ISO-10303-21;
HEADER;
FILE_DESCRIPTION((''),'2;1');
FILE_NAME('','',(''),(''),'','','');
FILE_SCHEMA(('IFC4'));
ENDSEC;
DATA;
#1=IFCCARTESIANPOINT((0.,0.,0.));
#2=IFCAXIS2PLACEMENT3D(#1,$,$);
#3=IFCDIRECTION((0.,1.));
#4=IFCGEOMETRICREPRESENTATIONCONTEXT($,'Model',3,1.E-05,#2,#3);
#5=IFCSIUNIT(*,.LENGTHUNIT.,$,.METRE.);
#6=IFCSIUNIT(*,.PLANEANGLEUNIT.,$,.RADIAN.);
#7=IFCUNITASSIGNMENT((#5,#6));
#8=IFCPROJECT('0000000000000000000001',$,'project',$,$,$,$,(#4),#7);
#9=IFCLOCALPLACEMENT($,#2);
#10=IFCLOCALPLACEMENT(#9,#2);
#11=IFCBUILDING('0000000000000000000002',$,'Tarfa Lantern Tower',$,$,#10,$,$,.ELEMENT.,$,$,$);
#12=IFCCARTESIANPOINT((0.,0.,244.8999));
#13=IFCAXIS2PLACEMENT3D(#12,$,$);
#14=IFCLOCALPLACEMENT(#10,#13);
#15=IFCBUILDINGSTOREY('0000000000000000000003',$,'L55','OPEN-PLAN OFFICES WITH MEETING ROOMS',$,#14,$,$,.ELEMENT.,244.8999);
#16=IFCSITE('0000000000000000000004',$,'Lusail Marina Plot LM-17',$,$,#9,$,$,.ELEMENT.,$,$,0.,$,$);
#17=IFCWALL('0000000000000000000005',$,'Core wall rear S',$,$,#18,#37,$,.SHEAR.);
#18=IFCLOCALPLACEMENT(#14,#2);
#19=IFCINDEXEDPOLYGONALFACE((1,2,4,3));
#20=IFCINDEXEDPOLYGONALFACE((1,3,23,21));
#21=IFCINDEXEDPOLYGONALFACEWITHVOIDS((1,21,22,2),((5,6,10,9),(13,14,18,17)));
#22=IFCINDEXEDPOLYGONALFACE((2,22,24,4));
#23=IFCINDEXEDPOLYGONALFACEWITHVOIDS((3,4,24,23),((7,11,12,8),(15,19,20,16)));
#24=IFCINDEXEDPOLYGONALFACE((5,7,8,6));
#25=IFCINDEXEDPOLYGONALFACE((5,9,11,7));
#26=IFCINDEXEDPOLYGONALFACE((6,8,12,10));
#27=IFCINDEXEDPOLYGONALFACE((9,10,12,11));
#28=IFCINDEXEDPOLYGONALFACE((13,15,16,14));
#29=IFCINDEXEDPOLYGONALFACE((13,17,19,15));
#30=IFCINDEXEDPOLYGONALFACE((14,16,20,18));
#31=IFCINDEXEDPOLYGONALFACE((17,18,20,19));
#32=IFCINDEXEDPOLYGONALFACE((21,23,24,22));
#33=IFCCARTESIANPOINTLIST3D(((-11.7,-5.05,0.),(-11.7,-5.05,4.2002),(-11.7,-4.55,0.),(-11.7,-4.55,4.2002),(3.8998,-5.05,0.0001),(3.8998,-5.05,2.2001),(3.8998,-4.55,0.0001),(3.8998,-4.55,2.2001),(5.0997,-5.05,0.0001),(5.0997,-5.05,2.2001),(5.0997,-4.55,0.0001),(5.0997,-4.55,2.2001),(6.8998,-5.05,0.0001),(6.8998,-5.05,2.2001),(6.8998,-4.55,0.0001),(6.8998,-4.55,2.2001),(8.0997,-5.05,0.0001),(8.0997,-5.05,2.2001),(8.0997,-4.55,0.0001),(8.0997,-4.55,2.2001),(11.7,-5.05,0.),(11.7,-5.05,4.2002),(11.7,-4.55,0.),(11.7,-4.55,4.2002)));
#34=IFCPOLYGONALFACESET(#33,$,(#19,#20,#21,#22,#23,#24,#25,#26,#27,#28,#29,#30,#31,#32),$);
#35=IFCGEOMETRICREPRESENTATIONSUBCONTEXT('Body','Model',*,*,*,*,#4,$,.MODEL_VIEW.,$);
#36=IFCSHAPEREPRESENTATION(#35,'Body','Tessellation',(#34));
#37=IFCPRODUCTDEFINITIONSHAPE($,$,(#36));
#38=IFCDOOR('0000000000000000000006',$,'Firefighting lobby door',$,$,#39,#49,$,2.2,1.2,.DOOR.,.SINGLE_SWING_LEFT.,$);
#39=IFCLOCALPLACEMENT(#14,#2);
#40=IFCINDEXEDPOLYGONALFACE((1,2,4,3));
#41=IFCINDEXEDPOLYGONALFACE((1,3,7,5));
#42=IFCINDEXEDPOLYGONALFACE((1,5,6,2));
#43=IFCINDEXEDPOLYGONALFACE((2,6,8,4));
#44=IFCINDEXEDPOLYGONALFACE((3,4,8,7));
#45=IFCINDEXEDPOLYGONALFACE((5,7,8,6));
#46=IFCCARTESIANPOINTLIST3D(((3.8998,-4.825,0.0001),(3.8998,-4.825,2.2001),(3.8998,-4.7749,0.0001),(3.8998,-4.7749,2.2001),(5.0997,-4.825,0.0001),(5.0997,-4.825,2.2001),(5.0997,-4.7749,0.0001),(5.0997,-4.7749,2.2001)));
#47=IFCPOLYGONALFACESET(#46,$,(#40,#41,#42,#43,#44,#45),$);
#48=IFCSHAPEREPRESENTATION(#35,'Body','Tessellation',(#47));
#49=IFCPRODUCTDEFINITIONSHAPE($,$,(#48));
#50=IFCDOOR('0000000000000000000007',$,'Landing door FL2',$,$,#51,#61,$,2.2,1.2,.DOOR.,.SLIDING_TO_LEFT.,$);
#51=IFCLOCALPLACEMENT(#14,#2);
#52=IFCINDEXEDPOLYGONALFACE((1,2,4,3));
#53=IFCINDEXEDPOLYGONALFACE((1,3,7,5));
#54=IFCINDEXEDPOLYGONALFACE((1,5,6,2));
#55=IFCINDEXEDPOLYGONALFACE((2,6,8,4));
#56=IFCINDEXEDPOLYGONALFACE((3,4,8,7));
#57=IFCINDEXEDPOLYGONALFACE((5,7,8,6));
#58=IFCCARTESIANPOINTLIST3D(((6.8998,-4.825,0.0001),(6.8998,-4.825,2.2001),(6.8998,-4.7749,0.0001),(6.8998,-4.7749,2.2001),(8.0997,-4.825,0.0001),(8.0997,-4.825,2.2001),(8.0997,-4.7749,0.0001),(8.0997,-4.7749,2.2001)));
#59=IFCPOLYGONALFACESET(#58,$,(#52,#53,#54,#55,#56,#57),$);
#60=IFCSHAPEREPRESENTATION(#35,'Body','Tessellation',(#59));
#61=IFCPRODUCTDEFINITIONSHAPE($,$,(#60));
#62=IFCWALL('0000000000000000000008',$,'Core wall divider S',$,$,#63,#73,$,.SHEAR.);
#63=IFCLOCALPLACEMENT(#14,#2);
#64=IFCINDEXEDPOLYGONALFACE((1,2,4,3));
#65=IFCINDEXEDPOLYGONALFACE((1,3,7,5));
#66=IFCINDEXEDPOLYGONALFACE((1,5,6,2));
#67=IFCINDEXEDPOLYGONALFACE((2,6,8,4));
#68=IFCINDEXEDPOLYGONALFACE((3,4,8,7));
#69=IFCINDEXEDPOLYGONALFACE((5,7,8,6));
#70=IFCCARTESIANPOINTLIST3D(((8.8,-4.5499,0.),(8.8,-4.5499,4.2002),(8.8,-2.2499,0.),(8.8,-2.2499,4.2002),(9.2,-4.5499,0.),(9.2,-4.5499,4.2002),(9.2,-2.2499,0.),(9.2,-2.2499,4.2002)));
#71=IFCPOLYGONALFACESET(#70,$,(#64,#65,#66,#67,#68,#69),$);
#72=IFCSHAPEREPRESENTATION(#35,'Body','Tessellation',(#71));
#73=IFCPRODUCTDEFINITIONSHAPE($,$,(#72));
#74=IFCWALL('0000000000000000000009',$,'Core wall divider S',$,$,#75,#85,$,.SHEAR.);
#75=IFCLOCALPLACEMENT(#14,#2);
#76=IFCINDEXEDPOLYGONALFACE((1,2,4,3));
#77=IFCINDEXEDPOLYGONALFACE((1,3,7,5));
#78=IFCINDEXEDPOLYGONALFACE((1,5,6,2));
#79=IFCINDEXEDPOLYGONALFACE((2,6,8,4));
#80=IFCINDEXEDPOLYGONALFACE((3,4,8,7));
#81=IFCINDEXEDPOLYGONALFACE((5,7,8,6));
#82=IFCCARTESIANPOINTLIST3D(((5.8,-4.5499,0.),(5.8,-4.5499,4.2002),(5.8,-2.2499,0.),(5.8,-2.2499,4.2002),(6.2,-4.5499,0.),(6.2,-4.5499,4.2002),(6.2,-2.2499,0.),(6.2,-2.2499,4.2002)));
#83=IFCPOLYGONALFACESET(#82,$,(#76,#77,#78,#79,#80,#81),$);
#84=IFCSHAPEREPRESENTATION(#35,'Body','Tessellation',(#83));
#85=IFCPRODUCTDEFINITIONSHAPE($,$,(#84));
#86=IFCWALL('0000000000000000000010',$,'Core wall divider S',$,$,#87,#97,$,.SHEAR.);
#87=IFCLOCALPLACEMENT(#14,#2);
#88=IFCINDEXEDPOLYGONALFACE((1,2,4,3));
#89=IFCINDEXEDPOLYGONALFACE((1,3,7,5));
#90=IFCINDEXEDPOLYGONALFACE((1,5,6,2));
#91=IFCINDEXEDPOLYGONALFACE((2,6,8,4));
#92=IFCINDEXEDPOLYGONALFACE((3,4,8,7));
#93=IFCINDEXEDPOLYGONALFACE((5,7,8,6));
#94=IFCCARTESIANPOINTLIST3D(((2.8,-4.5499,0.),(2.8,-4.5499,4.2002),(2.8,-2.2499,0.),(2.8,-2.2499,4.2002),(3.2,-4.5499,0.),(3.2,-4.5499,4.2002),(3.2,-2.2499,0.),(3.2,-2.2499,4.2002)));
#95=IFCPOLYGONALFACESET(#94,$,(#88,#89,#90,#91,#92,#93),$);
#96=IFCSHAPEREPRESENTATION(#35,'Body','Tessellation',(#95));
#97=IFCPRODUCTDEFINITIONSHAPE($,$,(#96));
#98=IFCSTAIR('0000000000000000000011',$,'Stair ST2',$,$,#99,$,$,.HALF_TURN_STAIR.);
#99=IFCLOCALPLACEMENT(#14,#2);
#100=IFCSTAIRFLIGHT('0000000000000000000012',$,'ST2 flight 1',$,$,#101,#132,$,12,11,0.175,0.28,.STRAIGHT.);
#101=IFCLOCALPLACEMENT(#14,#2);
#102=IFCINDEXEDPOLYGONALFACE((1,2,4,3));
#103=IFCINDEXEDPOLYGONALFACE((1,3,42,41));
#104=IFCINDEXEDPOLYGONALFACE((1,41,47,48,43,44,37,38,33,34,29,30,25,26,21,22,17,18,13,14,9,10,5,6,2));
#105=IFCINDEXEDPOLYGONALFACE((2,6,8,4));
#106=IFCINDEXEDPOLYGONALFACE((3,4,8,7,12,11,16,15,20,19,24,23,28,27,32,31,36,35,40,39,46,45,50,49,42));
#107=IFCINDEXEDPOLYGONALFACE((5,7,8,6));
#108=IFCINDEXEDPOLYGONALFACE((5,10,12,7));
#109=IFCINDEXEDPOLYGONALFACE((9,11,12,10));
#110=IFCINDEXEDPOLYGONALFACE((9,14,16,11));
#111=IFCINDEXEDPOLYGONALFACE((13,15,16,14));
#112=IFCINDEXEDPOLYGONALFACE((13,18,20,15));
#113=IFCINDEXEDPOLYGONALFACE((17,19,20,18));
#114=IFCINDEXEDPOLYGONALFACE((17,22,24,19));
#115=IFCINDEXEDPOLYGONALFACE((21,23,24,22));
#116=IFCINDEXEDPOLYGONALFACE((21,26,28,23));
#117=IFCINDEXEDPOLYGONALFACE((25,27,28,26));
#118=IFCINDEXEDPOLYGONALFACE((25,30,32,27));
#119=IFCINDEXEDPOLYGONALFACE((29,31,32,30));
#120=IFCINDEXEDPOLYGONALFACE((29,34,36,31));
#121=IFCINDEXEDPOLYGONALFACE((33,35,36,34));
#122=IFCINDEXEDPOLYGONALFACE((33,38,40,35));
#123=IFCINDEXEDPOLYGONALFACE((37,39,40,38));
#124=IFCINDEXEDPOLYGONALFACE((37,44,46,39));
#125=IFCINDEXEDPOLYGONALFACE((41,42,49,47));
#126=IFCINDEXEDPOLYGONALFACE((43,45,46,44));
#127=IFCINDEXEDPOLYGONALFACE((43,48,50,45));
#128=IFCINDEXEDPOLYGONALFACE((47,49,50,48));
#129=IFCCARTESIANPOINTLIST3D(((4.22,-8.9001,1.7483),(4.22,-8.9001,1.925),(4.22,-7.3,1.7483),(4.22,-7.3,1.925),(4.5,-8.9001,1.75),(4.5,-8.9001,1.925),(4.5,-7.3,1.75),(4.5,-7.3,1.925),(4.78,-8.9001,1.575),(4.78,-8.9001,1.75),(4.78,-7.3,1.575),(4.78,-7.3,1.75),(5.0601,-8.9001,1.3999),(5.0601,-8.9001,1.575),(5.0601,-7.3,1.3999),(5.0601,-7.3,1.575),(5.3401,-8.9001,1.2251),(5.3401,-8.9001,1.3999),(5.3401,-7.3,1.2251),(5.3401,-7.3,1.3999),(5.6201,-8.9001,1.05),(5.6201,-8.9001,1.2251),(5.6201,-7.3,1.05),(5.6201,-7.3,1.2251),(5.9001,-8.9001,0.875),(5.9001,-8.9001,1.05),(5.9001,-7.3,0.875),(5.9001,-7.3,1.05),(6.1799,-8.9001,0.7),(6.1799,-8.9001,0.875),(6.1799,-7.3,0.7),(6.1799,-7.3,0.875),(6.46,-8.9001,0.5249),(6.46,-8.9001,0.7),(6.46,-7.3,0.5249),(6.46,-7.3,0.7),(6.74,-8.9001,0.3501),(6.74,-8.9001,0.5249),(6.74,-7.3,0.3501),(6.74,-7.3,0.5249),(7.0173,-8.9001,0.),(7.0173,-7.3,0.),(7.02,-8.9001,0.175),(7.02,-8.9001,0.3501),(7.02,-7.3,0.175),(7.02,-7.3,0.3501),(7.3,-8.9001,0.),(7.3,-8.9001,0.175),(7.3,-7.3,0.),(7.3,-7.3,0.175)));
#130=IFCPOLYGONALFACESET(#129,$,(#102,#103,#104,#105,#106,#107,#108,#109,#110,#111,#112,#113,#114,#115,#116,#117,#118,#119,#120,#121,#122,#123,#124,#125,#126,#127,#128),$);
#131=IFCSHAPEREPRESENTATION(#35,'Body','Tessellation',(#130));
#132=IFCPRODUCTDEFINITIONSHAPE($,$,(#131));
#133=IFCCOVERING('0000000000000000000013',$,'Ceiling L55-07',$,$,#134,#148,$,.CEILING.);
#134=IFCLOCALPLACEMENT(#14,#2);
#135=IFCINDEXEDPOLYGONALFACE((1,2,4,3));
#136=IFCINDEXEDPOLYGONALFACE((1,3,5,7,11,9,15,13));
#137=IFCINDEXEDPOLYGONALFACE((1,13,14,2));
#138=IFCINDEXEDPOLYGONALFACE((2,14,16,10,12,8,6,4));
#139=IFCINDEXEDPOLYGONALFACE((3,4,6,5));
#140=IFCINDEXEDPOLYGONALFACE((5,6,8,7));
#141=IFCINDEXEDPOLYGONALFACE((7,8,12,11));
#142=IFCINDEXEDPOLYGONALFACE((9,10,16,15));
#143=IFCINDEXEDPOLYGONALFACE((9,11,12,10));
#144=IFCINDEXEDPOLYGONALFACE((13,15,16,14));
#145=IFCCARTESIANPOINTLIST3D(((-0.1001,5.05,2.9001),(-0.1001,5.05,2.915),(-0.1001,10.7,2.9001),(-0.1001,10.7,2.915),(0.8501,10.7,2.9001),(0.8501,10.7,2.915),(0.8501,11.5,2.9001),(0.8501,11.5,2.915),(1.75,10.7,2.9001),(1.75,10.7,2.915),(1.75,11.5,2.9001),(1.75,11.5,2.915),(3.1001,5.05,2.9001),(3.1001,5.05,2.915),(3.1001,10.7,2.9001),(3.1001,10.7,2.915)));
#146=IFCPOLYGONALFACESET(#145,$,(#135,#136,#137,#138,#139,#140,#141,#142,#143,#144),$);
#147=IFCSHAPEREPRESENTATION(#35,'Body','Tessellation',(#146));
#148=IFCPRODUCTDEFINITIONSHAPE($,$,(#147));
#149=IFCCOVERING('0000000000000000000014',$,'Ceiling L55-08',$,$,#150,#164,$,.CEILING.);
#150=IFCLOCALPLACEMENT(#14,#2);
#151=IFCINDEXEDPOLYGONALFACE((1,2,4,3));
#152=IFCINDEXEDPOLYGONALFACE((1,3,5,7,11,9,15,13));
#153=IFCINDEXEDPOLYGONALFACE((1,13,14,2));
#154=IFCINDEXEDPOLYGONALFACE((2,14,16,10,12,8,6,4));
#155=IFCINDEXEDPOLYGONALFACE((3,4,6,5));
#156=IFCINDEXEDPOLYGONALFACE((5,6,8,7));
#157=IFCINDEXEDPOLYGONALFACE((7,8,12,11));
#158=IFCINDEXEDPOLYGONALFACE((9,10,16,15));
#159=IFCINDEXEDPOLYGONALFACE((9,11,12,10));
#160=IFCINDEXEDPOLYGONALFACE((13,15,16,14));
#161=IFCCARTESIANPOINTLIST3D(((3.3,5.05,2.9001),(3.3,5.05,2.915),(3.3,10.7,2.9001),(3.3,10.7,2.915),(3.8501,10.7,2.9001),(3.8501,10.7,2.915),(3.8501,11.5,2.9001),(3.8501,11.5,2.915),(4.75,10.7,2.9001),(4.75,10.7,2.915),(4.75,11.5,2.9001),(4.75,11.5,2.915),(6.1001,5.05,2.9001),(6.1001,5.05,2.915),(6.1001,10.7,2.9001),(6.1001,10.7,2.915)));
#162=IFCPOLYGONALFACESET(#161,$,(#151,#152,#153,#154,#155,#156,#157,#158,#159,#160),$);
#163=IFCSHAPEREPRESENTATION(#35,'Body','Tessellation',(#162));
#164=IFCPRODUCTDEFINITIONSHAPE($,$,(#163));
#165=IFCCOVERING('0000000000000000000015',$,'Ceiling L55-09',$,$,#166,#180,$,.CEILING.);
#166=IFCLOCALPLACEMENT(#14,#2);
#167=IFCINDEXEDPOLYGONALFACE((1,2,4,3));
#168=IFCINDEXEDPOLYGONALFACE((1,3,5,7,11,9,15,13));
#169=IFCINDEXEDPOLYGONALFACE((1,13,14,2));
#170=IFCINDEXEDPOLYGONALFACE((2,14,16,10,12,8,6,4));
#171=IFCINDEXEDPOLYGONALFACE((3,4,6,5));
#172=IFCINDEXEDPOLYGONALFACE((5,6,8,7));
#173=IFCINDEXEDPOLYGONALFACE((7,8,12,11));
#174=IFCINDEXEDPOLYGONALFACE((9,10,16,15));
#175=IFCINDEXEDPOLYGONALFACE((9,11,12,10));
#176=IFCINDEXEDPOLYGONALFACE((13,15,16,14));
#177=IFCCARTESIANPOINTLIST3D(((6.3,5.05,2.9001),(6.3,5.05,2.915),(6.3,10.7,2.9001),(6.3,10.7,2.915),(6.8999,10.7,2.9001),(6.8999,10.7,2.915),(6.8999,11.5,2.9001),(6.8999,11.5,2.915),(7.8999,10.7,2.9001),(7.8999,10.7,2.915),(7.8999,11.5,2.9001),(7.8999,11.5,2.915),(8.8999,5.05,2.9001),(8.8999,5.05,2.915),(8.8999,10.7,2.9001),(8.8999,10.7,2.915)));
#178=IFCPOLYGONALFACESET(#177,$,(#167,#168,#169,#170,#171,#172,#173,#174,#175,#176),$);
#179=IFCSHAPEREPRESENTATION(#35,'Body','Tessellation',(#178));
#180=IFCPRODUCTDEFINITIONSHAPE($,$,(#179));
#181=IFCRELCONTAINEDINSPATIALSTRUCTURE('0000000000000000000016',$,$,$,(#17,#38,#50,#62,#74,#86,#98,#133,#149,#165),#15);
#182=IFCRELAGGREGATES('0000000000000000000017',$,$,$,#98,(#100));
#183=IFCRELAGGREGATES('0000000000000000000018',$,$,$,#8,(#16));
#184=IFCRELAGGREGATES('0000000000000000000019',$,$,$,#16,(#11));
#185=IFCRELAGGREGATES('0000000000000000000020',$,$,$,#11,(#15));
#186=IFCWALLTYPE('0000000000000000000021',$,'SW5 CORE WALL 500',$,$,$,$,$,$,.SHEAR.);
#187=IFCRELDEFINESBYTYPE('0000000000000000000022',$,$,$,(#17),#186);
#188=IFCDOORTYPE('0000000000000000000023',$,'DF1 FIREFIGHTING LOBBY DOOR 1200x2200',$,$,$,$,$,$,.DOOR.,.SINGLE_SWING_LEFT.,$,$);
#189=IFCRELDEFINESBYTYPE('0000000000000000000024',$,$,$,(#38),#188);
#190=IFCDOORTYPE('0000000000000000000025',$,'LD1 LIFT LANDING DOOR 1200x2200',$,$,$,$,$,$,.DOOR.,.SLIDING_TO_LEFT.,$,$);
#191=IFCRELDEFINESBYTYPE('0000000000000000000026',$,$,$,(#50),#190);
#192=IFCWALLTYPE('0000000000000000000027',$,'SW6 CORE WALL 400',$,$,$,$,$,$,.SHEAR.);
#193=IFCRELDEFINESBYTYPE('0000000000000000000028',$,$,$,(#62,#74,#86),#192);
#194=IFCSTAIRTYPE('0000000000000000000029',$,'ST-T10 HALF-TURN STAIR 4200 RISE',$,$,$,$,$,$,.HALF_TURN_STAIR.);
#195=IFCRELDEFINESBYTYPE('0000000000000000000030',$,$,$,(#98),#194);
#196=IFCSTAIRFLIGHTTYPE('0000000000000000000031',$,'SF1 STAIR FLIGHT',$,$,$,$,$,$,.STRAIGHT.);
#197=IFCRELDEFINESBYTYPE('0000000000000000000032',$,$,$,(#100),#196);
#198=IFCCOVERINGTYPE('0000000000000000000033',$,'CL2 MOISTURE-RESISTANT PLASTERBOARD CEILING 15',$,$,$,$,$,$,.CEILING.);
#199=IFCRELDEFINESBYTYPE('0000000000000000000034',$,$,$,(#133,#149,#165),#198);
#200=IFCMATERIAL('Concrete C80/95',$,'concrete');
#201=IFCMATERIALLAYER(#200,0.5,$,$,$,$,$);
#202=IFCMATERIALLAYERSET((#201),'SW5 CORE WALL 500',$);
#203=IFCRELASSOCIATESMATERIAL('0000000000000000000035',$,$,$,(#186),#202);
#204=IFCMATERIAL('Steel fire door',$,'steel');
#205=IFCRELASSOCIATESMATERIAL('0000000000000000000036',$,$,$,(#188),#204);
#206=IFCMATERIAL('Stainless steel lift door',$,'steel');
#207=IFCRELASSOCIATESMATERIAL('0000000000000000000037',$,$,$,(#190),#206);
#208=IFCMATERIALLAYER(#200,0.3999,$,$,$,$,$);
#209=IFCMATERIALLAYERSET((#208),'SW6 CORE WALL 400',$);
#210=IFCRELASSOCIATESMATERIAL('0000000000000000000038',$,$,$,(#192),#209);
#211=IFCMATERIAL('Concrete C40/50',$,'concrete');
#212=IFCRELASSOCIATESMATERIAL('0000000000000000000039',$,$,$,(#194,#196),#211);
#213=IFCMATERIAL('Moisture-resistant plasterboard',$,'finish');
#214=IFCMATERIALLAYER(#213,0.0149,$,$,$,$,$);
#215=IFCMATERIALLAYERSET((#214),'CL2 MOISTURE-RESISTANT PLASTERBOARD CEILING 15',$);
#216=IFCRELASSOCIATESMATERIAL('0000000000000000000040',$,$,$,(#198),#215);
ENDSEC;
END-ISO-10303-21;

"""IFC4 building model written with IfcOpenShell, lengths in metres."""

from ifc_helpers import new_model, si_unit, direction, frame, frame_2d, origin, place, context, subcontext, project, spatial, polyline, rectangle, outline, extrude, material, layer, layer_set, type_object, element, fill, aggregate, save


model = new_model("IFC4")

# Units and contexts
model_context = context("Model", 3, precision=1e-05, world=origin(), true_north=direction((0.0, 1.0)))
body_context = subcontext(model_context, "Body", "Model", "MODEL_VIEW")
ifc_project = project(units=[si_unit("LENGTHUNIT", "METRE"), si_unit("PLANEANGLEUNIT", "RADIAN")], contexts=[model_context])

# Site, building, storey
site_placement = place(None, origin())
site = spatial("IfcSite", under=ifc_project, at=site_placement, Name="Lusail Marina Plot LM-17", CompositionType="ELEMENT", RefElevation=0.0)
building_placement = place(site_placement, origin())
building = spatial("IfcBuilding", under=site, at=building_placement, Name="Tarfa Lantern Tower", CompositionType="ELEMENT")
storey_placement = place(building_placement, frame((0.0, 0.0, 244.8999)))
storey = spatial("IfcBuildingStorey", under=building, at=storey_placement, Name="L55", Description="OPEN-PLAN OFFICES WITH MEETING ROOMS", CompositionType="ELEMENT", Elevation=244.8999)

# Shared definitions
ifc_material_1 = material(Name="Concrete C80/95", Category="concrete")

# Shared definitions
ifc_material_2 = material(Name="Steel fire door", Category="steel")

# Shared definitions
ifc_layer_1 = layer(ifc_material_1, 0.5)
ifc_layer_set_1 = layer_set([ifc_layer_1], Name="SW5 CORE WALL 500")
wall_type_1 = type_object("IfcWallType", Name="SW5 CORE WALL 500", PredefinedType="SHEAR", material=ifc_layer_set_1)

# Wall, openings, doors
ifc_material_3 = material(Name="Stainless steel lift door", Category="steel")
wall_1_placement = place(storey_placement, frame((11.7, -4.8, 0.0), z_axis=(0.0, 0.0, 1.0), x_axis=(-1.0, 0.0, 0.0)))
wall_1 = element("IfcWall", 1, at=wall_1_placement, inside=storey, type_object=wall_type_1, Name="Core wall rear S", PredefinedType="SHEAR", context=body_context, shape_type="SweptSolid", body=[
    extrude(rectangle(XDim=23.3999, YDim=0.5, at=frame_2d((11.7, 0.0))), origin(), (0.0, 0.0, 1.0), 4.2002),
])
opening_1_placement = place(wall_1_placement, frame((6.6001, 0.0, 0.0)))
opening_1 = element("IfcOpeningElement", 2, at=opening_1_placement, cuts=wall_1, PredefinedType="OPENING", context=body_context, shape_type="SweptSolid", body=[
    extrude(rectangle(XDim=1.2, YDim=2.2, at=frame_2d((0.6001, 1.1001))), frame((0.0, 0.26, 0.0), z_axis=(0.0, -1.0, 0.0), x_axis=(1.0, 0.0, 0.0)), (0.0, 0.0, 1.0), 0.52),
])
opening_2_placement = place(wall_1_placement, frame((3.6001, 0.0, 0.0)))
opening_2 = element("IfcOpeningElement", 3, at=opening_2_placement, cuts=wall_1, PredefinedType="OPENING", context=body_context, shape_type="SweptSolid", body=[
    extrude(rectangle(XDim=1.2, YDim=2.2, at=frame_2d((0.6001, 1.1001))), frame((0.0, 0.26, 0.0), z_axis=(0.0, -1.0, 0.0), x_axis=(1.0, 0.0, 0.0)), (0.0, 0.0, 1.0), 0.52),
])
door_type_1 = type_object("IfcDoorType", Name="DF1 FIREFIGHTING LOBBY DOOR 1200x2200", OperationType="SINGLE_SWING_LEFT", PredefinedType="DOOR", material=ifc_material_2)
door_1_placement = place(opening_1_placement, origin())
door_1 = element("IfcDoor", 4, at=door_1_placement, inside=storey, type_object=door_type_1, Name="Firefighting lobby door", OperationType="SINGLE_SWING_LEFT", OverallHeight=2.2, OverallWidth=1.2, PredefinedType="DOOR", context=body_context, shape_type="SweptSolid", body=[
    extrude(rectangle(XDim=1.2, YDim=2.2, at=frame_2d((0.6001, 1.1001))), frame((0.0, 0.0249, 0.0), z_axis=(0.0, -1.0, 0.0), x_axis=(1.0, 0.0, 0.0)), (0.0, 0.0, 1.0), 0.05),
])
fill(opening_1, door_1)
door_type_2 = type_object("IfcDoorType", Name="LD1 LIFT LANDING DOOR 1200x2200", OperationType="SLIDING_TO_LEFT", PredefinedType="DOOR", material=ifc_material_3)
door_2_placement = place(opening_2_placement, origin())
door_2 = element("IfcDoor", 5, at=door_2_placement, inside=storey, type_object=door_type_2, Name="Landing door FL2", OperationType="SLIDING_TO_LEFT", OverallHeight=2.2, OverallWidth=1.2, PredefinedType="DOOR", context=body_context, shape_type="SweptSolid", body=[
    extrude(rectangle(XDim=1.2, YDim=2.2, at=frame_2d((0.6001, 1.1001))), frame((0.0, 0.0249, 0.0), z_axis=(0.0, -1.0, 0.0), x_axis=(1.0, 0.0, 0.0)), (0.0, 0.0, 1.0), 0.05),
])
fill(opening_2, door_2)

# Walls
ifc_layer_2 = layer(ifc_material_1, 0.3999)
ifc_layer_set_2 = layer_set([ifc_layer_2], Name="SW6 CORE WALL 400")
wall_type_2 = type_object("IfcWallType", Name="SW6 CORE WALL 400", PredefinedType="SHEAR", material=ifc_layer_set_2)
for number, where, z_axis, x_axis, name in (
    (6, (9.0, -2.25, 0.0), (0.0, 0.0, 1.0), (0.0, -1.0, 0.0), "Core wall divider S"),
    (7, (6.0, -2.25, 0.0), (0.0, 0.0, 1.0), (0.0, -1.0, 0.0), "Core wall divider S"),
    (8, (3.0, -2.25, 0.0), (0.0, 0.0, 1.0), (0.0, -1.0, 0.0), "Core wall divider S"),
):
    element("IfcWall", number, at=place(storey_placement, frame(where, z_axis=z_axis, x_axis=x_axis)), inside=storey, type_object=wall_type_2, Name=name, PredefinedType="SHEAR", context=body_context, shape_type="SweptSolid", body=[
        extrude(rectangle(XDim=2.3, YDim=0.3999, at=frame_2d((1.1499, 0.0))), origin(), (0.0, 0.0, 1.0), 4.2002),
    ])

# Stair, stair flight
ifc_material_4 = material(Name="Concrete C40/50", Category="concrete")
stair_type = type_object("IfcStairType", Name="ST-T10 HALF-TURN STAIR 4200 RISE", PredefinedType="HALF_TURN_STAIR", material=ifc_material_4)
stair_placement = place(storey_placement, origin())
stair = element("IfcStair", 9, at=stair_placement, inside=storey, type_object=stair_type, Name="Stair ST2", PredefinedType="HALF_TURN_STAIR")
stair_flight_type = type_object("IfcStairFlightType", Name="SF1 STAIR FLIGHT", PredefinedType="STRAIGHT", material=ifc_material_4)
stair_flight_placement = place(storey_placement, frame((7.3, -8.1001, 0.0), z_axis=(0.0, 0.0, 1.0), x_axis=(-1.0, 0.0, 0.0)))
stair_flight = element("IfcStairFlight", 10, at=stair_flight_placement, type_object=stair_flight_type, Name="ST2 flight 1", NumberOfRisers=12, NumberOfTreads=11, PredefinedType="STRAIGHT", RiserHeight=0.175, TreadLength=0.28, context=body_context, shape_type="SweptSolid", body=[
    extrude(outline(polyline([(0.0, 0.0), (0.0, 0.175), (0.28, 0.175), (0.28, 0.3501), (0.5601, 0.3501), (0.5601, 0.5249), (0.8401, 0.5249), (0.8401, 0.7), (1.1201, 0.7), (1.1201, 0.875), (1.3999, 0.875), (1.3999, 1.05), (1.6799, 1.05), (1.6799, 1.2251), (1.96, 1.2251), (1.96, 1.3999), (2.24, 1.3999), (2.24, 1.575), (2.52, 1.575), (2.52, 1.75), (2.8, 1.75), (2.8, 1.925), (3.0801, 1.925), (3.0801, 2.1001), (3.0801, 1.7483), (0.2827, 0.0), (0.0, 0.0)])), frame((0.0, 0.8, 0.0), z_axis=(0.0, -1.0, 0.0), x_axis=(1.0, 0.0, 0.0)), (0.0, 0.0, 1.0), 1.6001),
])
aggregate(stair, [stair_flight])

# Coverings
ifc_material_5 = material(Name="Moisture-resistant plasterboard", Category="finish")
ifc_layer_3 = layer(ifc_material_5, 0.0149)
ifc_layer_set_3 = layer_set([ifc_layer_3], Name="CL2 MOISTURE-RESISTANT PLASTERBOARD CEILING 15")
covering_type_1 = type_object("IfcCoveringType", Name="CL2 MOISTURE-RESISTANT PLASTERBOARD CEILING 15", PredefinedType="CEILING", material=ifc_layer_set_3)
covering_1_placement = place(storey_placement, frame((0.0, 0.0, 2.9001)))
element("IfcCovering", 11, at=covering_1_placement, inside=storey, type_object=covering_type_1, Name="Ceiling L55-07", PredefinedType="CEILING", context=body_context, shape_type="SweptSolid", body=[
    extrude(outline(polyline([(0.8501, 10.7), (-0.1001, 10.7), (-0.1001, 5.05), (3.1001, 5.05), (3.1001, 10.7), (1.75, 10.7), (1.75, 11.5), (0.8501, 11.5), (0.8501, 10.7)])), origin(), (0.0, 0.0, 1.0), 0.0149),
])
covering_2_placement = place(storey_placement, frame((0.0, 0.0, 2.9001)))
element("IfcCovering", 12, at=covering_2_placement, inside=storey, type_object=covering_type_1, Name="Ceiling L55-08", PredefinedType="CEILING", context=body_context, shape_type="SweptSolid", body=[
    extrude(outline(polyline([(3.3, 5.05), (6.1001, 5.05), (6.1001, 10.7), (4.75, 10.7), (4.75, 11.5), (3.8501, 11.5), (3.8501, 10.7), (3.3, 10.7), (3.3, 5.05)])), origin(), (0.0, 0.0, 1.0), 0.0149),
])
covering_3_placement = place(storey_placement, frame((0.0, 0.0, 2.9001)))
element("IfcCovering", 13, at=covering_3_placement, inside=storey, type_object=covering_type_1, Name="Ceiling L55-09", PredefinedType="CEILING", context=body_context, shape_type="SweptSolid", body=[
    extrude(outline(polyline([(6.3, 5.05), (8.8999, 5.05), (8.8999, 10.7), (7.8999, 10.7), (7.8999, 11.5), (6.8999, 11.5), (6.8999, 10.7), (6.3, 10.7), (6.3, 5.05)])), origin(), (0.0, 0.0, 1.0), 0.0149),
])

save(model, "model.ifc")
